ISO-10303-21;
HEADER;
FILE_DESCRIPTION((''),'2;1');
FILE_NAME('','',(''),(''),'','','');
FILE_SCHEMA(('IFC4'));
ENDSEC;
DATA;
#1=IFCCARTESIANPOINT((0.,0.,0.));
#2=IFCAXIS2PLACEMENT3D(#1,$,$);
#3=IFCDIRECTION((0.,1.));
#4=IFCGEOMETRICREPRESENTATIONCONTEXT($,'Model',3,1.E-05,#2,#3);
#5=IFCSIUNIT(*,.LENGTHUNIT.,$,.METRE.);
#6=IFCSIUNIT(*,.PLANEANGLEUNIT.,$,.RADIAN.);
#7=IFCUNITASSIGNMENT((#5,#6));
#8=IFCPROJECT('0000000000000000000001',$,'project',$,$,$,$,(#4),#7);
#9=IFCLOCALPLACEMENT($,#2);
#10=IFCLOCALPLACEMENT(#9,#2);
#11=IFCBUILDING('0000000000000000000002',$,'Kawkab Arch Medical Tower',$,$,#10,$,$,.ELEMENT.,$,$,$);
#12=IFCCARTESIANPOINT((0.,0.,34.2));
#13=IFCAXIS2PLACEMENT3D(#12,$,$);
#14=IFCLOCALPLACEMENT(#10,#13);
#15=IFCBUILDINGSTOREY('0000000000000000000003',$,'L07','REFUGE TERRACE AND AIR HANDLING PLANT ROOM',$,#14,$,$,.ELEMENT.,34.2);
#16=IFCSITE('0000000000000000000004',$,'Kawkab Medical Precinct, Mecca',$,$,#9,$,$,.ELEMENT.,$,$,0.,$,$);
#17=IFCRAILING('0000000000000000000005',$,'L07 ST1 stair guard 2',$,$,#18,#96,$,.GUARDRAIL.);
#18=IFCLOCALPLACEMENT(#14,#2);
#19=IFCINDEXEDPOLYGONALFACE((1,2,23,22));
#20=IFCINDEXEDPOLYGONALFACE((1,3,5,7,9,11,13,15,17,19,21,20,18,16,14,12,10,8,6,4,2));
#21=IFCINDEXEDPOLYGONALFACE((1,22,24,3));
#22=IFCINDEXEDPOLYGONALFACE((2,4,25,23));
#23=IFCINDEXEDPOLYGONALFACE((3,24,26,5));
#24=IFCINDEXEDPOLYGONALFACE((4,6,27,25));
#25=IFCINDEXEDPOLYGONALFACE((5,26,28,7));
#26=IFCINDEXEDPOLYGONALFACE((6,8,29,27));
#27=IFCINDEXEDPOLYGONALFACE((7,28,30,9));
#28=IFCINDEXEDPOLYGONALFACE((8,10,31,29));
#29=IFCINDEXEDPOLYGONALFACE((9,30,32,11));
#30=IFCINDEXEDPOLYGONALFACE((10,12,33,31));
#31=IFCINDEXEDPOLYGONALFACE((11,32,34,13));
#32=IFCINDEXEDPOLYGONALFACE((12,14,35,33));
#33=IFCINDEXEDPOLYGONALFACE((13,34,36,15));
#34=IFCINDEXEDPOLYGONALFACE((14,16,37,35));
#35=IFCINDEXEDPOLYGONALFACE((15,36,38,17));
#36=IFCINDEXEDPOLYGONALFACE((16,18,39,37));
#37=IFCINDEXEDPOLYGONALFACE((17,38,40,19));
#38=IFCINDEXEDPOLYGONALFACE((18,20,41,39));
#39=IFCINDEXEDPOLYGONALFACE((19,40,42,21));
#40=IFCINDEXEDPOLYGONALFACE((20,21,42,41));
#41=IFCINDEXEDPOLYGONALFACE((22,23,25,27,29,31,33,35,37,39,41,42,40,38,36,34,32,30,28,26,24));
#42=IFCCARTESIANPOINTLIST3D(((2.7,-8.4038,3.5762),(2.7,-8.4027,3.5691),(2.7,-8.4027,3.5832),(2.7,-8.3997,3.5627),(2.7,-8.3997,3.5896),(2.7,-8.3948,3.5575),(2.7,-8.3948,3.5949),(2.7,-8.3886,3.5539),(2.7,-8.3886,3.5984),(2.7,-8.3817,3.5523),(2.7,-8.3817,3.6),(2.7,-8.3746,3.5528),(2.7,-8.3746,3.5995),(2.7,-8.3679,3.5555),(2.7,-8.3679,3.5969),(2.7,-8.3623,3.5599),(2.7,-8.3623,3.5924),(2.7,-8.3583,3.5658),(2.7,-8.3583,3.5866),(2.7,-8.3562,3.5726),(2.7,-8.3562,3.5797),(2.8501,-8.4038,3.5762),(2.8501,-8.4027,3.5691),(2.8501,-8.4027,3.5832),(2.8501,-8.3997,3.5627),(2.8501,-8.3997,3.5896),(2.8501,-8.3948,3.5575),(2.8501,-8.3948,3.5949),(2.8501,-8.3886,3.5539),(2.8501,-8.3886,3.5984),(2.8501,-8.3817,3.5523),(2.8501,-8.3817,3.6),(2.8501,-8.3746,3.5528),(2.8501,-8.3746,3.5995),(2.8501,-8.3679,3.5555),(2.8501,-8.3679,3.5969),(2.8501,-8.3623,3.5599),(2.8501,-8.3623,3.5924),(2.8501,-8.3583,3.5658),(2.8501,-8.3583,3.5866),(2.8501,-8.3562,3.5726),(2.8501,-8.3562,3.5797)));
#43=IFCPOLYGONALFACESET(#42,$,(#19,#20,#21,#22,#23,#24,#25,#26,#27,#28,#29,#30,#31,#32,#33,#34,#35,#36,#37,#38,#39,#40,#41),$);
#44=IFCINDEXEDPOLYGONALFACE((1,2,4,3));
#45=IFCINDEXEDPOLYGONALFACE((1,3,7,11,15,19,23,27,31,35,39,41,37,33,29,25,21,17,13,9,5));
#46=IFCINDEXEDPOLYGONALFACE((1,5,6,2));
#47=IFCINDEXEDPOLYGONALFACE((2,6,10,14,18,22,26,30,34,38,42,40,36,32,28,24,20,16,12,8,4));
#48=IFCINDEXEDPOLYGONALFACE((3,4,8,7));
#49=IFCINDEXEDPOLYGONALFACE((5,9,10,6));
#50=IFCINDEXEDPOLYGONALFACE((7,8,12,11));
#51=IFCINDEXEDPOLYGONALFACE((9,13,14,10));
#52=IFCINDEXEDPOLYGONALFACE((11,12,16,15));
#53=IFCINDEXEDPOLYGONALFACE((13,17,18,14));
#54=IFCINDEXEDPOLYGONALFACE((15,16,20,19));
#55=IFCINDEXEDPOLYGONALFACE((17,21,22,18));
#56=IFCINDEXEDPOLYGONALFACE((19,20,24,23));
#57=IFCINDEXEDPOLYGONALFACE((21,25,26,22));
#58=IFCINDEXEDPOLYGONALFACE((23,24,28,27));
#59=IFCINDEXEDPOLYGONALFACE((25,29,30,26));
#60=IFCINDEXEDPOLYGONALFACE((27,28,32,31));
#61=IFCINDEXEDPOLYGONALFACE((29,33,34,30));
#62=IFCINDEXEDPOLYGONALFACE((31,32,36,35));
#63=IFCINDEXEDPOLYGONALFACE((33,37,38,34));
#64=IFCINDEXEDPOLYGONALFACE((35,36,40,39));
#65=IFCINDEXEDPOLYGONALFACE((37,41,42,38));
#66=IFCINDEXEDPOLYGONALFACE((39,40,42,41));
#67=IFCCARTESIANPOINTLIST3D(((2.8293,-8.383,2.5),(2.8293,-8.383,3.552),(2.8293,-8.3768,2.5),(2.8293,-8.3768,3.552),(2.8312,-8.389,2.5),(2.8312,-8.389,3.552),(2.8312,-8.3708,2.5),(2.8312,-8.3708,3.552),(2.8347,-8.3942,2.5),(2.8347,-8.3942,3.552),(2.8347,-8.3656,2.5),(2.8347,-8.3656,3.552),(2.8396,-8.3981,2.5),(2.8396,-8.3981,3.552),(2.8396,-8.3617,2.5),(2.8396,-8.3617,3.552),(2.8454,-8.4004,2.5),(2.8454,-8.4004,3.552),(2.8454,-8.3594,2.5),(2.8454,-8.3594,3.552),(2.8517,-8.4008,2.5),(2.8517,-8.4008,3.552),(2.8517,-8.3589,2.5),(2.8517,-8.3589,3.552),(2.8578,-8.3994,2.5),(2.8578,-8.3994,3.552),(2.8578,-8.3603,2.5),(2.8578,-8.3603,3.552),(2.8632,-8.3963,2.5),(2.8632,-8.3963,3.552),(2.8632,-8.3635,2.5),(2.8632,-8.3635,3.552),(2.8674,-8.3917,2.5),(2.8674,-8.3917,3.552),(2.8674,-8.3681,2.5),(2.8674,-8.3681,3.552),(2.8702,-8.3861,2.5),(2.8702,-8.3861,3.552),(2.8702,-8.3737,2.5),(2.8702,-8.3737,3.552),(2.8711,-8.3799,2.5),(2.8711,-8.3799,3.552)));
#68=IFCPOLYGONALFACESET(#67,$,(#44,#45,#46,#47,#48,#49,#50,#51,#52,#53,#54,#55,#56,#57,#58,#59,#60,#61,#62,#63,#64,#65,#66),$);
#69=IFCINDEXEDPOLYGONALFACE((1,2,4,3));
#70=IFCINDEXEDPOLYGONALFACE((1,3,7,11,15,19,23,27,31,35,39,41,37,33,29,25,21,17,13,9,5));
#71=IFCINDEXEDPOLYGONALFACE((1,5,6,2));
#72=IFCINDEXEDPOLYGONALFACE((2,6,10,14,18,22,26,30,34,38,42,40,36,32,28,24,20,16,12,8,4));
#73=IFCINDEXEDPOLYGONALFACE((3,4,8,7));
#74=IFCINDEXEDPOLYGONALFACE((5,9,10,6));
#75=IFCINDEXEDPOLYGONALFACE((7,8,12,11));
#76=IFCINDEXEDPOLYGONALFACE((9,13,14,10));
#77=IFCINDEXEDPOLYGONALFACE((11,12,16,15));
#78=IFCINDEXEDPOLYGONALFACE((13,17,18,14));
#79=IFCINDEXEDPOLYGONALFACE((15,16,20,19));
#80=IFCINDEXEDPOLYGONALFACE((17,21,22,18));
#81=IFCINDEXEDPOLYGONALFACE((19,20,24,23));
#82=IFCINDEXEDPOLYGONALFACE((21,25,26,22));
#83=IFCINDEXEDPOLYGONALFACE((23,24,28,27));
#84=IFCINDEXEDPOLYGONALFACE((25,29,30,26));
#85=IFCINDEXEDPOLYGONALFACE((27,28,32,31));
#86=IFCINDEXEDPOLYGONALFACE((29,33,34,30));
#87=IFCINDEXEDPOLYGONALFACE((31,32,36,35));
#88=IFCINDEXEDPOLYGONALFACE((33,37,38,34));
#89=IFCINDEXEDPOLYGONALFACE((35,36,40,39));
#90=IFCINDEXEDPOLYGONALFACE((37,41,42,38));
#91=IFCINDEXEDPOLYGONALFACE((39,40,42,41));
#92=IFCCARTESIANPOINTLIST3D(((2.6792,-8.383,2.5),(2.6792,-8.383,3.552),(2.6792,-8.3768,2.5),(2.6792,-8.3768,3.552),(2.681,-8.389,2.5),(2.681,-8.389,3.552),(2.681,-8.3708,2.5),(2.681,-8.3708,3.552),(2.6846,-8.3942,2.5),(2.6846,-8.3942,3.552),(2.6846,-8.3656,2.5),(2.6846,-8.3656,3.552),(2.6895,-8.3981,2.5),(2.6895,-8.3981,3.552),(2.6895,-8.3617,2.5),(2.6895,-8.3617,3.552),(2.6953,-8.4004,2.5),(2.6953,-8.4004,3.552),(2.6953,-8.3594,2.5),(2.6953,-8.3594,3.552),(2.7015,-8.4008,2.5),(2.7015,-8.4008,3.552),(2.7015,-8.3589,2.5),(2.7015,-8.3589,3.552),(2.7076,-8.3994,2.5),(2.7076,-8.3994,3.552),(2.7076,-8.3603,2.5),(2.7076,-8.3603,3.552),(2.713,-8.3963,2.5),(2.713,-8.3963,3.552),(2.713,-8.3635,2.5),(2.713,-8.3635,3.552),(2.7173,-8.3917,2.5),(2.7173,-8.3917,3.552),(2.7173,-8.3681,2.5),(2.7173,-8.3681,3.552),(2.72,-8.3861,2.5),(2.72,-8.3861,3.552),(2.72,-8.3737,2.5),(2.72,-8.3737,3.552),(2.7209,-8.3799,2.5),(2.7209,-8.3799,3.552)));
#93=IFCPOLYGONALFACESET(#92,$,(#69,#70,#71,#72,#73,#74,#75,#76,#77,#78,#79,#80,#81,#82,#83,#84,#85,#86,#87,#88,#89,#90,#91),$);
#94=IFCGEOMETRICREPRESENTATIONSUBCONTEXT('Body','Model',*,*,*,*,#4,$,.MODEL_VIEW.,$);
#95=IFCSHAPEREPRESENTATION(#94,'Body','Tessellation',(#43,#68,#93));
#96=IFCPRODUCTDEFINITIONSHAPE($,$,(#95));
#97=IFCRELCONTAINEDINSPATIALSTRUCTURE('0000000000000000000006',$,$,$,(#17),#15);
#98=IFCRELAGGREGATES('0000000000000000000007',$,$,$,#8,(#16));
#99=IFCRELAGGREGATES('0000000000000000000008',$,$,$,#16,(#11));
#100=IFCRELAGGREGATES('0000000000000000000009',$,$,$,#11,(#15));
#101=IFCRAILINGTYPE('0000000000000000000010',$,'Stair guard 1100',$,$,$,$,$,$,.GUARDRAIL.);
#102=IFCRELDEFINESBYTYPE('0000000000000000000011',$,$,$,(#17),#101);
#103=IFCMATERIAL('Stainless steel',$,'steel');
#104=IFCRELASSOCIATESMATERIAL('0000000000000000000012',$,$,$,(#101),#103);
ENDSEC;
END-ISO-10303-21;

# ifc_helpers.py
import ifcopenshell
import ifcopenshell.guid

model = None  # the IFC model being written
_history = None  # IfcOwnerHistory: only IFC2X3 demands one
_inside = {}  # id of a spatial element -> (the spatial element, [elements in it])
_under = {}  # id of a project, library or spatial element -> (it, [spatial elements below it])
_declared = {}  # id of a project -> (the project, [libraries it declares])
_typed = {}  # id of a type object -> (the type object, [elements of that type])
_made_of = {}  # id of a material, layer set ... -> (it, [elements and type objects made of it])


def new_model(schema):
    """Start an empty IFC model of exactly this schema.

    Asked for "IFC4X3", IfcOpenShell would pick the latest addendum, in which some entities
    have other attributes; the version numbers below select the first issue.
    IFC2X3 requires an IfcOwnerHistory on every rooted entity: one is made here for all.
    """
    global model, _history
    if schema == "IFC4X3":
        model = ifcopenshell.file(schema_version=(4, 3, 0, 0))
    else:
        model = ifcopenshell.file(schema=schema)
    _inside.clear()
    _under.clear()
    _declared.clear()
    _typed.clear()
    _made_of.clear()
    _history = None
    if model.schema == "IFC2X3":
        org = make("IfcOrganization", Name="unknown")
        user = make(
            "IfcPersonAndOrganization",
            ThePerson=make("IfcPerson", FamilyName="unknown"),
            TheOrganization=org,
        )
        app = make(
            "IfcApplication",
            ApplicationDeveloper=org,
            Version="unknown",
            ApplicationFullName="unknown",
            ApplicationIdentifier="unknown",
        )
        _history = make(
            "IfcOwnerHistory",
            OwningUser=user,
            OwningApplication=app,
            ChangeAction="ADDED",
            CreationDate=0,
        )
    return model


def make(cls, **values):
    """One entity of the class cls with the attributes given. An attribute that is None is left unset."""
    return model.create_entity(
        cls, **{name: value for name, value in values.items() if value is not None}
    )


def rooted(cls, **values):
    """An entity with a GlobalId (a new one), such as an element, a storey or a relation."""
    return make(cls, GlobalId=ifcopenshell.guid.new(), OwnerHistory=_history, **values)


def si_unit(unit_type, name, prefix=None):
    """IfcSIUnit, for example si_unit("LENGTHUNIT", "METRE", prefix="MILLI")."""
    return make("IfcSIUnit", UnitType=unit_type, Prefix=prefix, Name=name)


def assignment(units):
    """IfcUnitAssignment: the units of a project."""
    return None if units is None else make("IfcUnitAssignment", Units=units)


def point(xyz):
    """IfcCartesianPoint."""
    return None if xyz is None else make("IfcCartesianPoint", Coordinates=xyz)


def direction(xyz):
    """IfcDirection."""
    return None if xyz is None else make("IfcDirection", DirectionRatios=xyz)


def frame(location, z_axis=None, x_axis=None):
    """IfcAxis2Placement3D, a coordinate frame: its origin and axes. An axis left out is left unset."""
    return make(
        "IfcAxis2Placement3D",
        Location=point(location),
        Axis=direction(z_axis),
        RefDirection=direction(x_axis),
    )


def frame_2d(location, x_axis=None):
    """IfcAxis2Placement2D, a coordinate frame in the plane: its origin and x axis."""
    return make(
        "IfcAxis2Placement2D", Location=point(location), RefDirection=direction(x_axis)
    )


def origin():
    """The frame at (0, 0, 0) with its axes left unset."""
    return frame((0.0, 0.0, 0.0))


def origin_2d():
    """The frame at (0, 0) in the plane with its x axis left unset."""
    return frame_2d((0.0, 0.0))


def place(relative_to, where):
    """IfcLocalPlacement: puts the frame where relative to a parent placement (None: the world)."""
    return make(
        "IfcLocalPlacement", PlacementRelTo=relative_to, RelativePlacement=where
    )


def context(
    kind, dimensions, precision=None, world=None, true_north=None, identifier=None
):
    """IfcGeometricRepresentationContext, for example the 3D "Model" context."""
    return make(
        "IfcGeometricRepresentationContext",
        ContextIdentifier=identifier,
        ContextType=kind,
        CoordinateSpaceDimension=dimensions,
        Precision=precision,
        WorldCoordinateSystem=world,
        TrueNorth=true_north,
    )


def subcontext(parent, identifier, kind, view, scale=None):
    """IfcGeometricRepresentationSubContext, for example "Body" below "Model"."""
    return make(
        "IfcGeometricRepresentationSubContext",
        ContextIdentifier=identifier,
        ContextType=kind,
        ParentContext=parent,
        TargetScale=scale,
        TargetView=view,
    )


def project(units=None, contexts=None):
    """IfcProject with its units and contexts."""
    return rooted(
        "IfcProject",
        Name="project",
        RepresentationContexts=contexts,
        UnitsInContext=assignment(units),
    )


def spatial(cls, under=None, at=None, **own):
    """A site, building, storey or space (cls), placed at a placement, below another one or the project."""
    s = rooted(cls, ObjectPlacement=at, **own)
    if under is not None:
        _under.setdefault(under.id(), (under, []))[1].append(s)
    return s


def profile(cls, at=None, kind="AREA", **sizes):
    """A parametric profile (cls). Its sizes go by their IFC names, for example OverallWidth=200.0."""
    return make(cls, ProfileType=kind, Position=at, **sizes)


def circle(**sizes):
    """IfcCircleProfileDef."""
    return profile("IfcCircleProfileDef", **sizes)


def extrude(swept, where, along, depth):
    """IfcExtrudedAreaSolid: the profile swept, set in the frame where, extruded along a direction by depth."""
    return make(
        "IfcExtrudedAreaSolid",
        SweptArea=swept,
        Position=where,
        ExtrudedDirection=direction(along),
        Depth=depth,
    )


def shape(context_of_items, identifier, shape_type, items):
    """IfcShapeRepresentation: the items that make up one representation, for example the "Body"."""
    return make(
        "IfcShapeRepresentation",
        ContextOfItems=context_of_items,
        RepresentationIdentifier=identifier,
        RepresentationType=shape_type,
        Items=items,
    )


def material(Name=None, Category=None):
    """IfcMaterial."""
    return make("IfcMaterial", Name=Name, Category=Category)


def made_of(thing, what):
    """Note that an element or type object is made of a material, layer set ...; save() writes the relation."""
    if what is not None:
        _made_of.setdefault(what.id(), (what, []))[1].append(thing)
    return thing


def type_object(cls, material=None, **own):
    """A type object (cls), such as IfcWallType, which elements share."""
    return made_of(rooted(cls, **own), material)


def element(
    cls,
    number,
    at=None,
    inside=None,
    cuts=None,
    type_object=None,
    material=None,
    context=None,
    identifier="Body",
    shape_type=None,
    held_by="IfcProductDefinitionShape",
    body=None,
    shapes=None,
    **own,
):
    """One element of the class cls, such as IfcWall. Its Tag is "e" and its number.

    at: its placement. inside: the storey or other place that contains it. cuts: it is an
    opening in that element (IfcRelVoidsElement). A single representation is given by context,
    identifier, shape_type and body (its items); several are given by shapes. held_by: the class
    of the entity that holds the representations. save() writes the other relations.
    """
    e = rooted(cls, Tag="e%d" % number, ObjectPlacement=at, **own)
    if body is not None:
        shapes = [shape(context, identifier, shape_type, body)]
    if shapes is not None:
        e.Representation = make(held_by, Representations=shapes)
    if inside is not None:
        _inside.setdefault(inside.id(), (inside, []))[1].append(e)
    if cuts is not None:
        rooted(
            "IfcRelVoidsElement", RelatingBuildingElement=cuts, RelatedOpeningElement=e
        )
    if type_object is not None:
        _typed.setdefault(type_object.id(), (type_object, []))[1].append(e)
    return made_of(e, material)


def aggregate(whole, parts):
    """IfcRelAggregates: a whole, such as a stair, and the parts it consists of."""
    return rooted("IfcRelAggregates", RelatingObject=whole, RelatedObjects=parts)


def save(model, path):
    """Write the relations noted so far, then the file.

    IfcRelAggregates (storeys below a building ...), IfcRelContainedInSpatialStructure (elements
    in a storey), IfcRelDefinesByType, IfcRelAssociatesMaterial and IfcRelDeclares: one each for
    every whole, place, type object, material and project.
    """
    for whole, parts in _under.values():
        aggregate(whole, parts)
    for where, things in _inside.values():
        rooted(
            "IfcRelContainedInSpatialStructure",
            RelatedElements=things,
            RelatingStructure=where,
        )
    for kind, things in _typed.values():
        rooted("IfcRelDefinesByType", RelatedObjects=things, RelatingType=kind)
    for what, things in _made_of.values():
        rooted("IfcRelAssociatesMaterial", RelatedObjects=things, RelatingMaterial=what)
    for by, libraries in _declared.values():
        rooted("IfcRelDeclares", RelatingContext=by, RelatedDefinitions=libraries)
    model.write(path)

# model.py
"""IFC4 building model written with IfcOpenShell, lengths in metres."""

from ifc_helpers import new_model, si_unit, direction, frame, origin, origin_2d, place, context, subcontext, project, spatial, circle, extrude, material, type_object, element, save


model = new_model("IFC4")

# Units and contexts
model_context = context("Model", 3, precision=1e-05, world=origin(), true_north=direction((0.0, 1.0)))
body_context = subcontext(model_context, "Body", "Model", "MODEL_VIEW")
ifc_project = project(units=[si_unit("LENGTHUNIT", "METRE"), si_unit("PLANEANGLEUNIT", "RADIAN")], contexts=[model_context])

# Site, building, storey
site_placement = place(None, origin())
site = spatial("IfcSite", under=ifc_project, at=site_placement, Name="Kawkab Medical Precinct, Mecca", CompositionType="ELEMENT", RefElevation=0.0)
building_placement = place(site_placement, origin())
building = spatial("IfcBuilding", under=site, at=building_placement, Name="Kawkab Arch Medical Tower", CompositionType="ELEMENT")
storey_placement = place(building_placement, frame((0.0, 0.0, 34.2)))
storey = spatial("IfcBuildingStorey", under=building, at=storey_placement, Name="L07", Description="REFUGE TERRACE AND AIR HANDLING PLANT ROOM", CompositionType="ELEMENT", Elevation=34.2)

# Railing
ifc_material_1 = material(Name="Stainless steel", Category="steel")
railing_type = type_object("IfcRailingType", Name="Stair guard 1100", PredefinedType="GUARDRAIL", material=ifc_material_1)
railing_1_placement = place(storey_placement, frame((2.8501, -8.3799, 2.5)))
element("IfcRailing", 1, at=railing_1_placement, inside=storey, type_object=railing_type, Name="L07 ST1 stair guard 2", PredefinedType="GUARDRAIL", context=body_context, shape_type="SweptSolid", body=[
    extrude(circle(Radius=0.0239, at=origin_2d()), frame((0.0, 0.0, 1.0762), z_axis=(-1.0, 0.0, 0.0), x_axis=(0.0, -1.0, 0.0)), (0.0, 0.0, 1.0), 0.1501),
    extrude(circle(Radius=0.021, at=origin_2d()), origin(), (0.0, 0.0, 1.0), 1.052),
    extrude(circle(Radius=0.021, at=origin_2d()), frame((-0.1501, 0.0, 0.0)), (0.0, 0.0, 1.0), 1.052),
])

save(model, "model.ifc")
